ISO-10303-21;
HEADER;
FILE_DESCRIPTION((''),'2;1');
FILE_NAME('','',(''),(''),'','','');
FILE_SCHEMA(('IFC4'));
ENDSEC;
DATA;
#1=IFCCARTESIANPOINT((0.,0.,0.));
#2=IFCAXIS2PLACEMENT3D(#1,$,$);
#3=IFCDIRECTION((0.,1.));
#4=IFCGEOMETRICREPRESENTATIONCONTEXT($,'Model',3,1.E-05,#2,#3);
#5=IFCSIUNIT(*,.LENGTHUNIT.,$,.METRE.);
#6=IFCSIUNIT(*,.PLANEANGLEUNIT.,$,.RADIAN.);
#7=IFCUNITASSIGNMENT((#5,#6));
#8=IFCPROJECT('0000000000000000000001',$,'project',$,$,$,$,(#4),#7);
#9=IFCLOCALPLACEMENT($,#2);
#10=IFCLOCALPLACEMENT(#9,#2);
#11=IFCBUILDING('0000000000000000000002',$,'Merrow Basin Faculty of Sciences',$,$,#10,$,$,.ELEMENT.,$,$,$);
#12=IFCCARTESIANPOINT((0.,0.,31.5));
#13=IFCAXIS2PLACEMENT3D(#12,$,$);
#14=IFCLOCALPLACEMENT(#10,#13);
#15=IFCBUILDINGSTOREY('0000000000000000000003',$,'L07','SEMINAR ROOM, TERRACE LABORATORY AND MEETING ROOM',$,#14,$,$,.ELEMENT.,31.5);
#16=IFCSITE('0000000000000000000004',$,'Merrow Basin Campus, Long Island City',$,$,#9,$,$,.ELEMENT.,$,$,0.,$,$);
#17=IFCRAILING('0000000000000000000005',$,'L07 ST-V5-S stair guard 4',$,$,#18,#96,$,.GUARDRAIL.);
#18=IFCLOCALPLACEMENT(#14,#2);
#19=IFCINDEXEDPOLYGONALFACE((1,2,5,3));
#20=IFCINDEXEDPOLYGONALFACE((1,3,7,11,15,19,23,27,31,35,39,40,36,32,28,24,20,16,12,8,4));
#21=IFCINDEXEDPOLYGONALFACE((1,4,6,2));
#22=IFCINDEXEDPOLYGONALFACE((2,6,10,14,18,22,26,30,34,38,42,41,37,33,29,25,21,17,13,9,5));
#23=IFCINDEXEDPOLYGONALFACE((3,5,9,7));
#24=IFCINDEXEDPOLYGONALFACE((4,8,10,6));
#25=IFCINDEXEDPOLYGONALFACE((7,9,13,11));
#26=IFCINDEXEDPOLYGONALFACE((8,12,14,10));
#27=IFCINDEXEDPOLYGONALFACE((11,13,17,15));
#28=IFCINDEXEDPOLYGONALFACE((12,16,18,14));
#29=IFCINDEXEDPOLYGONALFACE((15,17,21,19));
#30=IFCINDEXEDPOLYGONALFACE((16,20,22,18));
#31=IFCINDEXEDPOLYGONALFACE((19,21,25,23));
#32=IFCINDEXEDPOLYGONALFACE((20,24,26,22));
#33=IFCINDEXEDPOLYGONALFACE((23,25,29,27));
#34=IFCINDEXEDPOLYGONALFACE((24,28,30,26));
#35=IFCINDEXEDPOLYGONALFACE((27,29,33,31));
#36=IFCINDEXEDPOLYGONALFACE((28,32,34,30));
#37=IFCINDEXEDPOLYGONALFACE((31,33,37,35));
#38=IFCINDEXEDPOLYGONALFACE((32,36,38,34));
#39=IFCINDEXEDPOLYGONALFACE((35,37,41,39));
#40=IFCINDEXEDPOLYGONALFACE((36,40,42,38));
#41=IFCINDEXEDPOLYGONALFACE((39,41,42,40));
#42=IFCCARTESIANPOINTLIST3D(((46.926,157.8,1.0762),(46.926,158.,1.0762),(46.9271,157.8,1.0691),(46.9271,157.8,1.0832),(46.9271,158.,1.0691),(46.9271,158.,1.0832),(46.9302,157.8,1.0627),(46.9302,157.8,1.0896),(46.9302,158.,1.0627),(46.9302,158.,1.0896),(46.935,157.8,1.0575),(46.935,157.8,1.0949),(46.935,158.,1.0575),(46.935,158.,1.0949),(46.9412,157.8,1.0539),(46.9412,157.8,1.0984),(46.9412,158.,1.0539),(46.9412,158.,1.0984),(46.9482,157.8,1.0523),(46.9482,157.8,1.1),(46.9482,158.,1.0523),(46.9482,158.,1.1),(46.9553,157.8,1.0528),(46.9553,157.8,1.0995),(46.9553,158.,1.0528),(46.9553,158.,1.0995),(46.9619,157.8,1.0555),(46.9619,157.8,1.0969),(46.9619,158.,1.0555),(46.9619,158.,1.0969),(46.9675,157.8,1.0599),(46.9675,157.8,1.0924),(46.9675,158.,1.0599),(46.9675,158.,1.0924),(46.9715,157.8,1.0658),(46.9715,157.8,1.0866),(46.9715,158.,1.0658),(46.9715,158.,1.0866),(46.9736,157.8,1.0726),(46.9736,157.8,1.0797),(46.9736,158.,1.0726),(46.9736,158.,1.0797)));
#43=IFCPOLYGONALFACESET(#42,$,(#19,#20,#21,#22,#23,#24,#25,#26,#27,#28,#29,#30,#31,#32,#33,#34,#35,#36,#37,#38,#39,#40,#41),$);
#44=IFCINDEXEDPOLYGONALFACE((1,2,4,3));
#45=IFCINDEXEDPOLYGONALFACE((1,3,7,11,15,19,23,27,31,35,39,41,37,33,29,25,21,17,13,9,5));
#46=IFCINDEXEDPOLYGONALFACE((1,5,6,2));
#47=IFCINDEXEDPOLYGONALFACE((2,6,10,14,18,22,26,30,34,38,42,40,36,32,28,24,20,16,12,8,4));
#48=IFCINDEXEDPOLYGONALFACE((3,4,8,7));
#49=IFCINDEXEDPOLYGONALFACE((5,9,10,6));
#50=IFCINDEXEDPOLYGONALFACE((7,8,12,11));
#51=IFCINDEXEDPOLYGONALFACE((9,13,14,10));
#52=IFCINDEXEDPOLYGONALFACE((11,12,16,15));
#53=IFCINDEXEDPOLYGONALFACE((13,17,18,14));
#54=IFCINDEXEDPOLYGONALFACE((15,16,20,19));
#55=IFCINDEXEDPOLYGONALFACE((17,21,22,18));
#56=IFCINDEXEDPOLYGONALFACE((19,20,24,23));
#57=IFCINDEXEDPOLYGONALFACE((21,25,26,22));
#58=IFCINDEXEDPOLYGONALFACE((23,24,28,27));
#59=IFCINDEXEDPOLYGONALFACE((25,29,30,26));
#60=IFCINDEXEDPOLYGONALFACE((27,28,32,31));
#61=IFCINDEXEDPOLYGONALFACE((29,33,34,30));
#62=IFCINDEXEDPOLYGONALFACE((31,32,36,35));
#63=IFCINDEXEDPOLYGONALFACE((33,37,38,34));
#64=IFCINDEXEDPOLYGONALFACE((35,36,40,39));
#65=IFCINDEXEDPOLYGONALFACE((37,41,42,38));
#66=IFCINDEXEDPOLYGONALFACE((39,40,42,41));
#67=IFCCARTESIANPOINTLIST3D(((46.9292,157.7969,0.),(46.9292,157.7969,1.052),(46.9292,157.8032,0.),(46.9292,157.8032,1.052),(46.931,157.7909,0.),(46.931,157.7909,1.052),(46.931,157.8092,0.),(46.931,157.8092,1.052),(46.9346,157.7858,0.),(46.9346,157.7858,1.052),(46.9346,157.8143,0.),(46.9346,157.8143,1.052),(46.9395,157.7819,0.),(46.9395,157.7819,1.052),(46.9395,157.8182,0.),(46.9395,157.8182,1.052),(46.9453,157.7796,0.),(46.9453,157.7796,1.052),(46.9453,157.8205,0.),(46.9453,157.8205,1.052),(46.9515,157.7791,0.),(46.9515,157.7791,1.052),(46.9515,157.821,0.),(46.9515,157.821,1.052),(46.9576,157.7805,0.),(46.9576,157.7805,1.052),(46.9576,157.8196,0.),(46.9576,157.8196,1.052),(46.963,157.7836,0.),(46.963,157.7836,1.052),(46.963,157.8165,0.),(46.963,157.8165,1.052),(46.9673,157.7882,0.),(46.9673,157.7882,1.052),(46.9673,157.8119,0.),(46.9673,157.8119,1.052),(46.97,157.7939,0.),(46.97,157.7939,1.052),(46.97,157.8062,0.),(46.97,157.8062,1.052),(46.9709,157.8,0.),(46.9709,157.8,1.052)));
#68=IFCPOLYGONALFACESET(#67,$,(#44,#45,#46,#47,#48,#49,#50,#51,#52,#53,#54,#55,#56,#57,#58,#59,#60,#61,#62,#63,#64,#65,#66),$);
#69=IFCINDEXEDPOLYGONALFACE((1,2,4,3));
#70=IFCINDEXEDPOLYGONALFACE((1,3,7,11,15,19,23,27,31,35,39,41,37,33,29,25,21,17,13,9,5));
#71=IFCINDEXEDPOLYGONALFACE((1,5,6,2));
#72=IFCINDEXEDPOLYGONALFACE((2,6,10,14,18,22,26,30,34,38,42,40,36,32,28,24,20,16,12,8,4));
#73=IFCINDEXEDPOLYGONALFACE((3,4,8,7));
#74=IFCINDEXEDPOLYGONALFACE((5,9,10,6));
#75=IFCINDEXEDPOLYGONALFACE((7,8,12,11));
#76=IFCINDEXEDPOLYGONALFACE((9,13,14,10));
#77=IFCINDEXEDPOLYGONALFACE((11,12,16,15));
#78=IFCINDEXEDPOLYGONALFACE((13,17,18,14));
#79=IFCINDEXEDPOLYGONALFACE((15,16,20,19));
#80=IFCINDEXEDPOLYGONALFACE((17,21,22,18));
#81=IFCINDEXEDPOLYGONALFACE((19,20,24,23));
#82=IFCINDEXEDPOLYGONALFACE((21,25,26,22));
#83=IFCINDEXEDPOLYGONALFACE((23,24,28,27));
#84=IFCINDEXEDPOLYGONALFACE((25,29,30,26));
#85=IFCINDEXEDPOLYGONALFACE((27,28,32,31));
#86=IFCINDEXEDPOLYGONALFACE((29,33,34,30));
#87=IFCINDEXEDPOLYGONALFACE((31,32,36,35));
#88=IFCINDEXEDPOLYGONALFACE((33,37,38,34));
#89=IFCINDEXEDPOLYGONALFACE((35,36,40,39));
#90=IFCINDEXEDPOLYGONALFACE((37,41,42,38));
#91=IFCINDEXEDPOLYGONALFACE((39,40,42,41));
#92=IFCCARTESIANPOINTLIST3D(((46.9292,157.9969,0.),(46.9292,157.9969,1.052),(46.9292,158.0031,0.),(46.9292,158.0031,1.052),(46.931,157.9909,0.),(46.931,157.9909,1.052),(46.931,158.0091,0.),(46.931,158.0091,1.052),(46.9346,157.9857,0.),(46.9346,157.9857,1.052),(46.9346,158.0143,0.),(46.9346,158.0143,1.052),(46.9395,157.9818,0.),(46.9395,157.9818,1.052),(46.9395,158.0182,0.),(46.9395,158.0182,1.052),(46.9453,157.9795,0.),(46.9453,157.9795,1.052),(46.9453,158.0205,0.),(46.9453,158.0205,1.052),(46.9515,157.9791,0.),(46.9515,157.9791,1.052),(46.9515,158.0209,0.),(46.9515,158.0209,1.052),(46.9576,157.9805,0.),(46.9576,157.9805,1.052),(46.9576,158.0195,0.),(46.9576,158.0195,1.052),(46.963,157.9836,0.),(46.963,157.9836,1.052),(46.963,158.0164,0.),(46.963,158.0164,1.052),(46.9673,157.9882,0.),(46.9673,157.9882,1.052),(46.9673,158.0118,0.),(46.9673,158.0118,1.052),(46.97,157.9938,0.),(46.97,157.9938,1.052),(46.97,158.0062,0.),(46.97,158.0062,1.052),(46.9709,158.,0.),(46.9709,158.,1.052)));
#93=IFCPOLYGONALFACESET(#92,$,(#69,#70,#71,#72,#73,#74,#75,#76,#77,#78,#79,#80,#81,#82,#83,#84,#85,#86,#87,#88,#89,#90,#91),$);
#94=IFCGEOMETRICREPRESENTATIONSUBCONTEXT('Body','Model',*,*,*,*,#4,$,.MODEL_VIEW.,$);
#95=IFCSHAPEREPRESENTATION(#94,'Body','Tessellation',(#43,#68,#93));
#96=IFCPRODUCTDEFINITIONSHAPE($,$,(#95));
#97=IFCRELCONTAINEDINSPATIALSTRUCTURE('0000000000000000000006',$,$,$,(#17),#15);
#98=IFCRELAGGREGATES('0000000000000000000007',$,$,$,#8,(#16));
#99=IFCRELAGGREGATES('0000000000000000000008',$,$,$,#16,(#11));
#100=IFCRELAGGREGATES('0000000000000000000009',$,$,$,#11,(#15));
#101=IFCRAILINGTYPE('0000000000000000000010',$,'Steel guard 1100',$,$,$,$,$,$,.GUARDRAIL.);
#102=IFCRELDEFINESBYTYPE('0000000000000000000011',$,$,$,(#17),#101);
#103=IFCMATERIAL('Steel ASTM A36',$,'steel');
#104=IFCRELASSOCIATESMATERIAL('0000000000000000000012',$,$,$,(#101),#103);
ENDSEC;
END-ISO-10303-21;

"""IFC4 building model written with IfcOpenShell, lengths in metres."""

from ifc_helpers import new_model, si_unit, direction, frame, origin, origin_2d, place, context, subcontext, project, spatial, circle, extrude, material, type_object, element, save


model = new_model("IFC4")

# Units and contexts
model_context = context("Model", 3, precision=1e-05, world=origin(), true_north=direction((0.0, 1.0)))
body_context = subcontext(model_context, "Body", "Model", "MODEL_VIEW")
ifc_project = project(units=[si_unit("LENGTHUNIT", "METRE"), si_unit("PLANEANGLEUNIT", "RADIAN")], contexts=[model_context])

# Site, building, storey
site_placement = place(None, origin())
site = spatial("IfcSite", under=ifc_project, at=site_placement, Name="Merrow Basin Campus, Long Island City", CompositionType="ELEMENT", RefElevation=0.0)
building_placement = place(site_placement, origin())
building = spatial("IfcBuilding", under=site, at=building_placement, Name="Merrow Basin Faculty of Sciences", CompositionType="ELEMENT")
storey_placement = place(building_placement, frame((0.0, 0.0, 31.5)))
storey = spatial("IfcBuildingStorey", under=building, at=storey_placement, Name="L07", Description="SEMINAR ROOM, TERRACE LABORATORY AND MEETING ROOM", CompositionType="ELEMENT", Elevation=31.5)

# Railing
ifc_material_1 = material(Name="Steel ASTM A36", Category="steel")
railing_type_1 = type_object("IfcRailingType", Name="Steel guard 1100", PredefinedType="GUARDRAIL", material=ifc_material_1)
railing_1_placement = place(storey_placement, frame((46.95, 157.8, 0.0)))
element("IfcRailing", 1, at=railing_1_placement, inside=storey, type_object=railing_type_1, Name="L07 ST-V5-S stair guard 4", PredefinedType="GUARDRAIL", context=body_context, shape_type="SweptSolid", body=[
    extrude(circle(Radius=0.0239, at=origin_2d()), frame((0.0, 0.0, 1.0762), z_axis=(0.0, 1.0, 0.0), x_axis=(-1.0, 0.0, 0.0)), (0.0, 0.0, 1.0), 0.2),
    extrude(circle(Radius=0.021, at=origin_2d()), origin(), (0.0, 0.0, 1.0), 1.052),
    extrude(circle(Radius=0.021, at=origin_2d()), frame((0.0, 0.2, 0.0)), (0.0, 0.0, 1.0), 1.052),
])

save(model, "model.ifc")
